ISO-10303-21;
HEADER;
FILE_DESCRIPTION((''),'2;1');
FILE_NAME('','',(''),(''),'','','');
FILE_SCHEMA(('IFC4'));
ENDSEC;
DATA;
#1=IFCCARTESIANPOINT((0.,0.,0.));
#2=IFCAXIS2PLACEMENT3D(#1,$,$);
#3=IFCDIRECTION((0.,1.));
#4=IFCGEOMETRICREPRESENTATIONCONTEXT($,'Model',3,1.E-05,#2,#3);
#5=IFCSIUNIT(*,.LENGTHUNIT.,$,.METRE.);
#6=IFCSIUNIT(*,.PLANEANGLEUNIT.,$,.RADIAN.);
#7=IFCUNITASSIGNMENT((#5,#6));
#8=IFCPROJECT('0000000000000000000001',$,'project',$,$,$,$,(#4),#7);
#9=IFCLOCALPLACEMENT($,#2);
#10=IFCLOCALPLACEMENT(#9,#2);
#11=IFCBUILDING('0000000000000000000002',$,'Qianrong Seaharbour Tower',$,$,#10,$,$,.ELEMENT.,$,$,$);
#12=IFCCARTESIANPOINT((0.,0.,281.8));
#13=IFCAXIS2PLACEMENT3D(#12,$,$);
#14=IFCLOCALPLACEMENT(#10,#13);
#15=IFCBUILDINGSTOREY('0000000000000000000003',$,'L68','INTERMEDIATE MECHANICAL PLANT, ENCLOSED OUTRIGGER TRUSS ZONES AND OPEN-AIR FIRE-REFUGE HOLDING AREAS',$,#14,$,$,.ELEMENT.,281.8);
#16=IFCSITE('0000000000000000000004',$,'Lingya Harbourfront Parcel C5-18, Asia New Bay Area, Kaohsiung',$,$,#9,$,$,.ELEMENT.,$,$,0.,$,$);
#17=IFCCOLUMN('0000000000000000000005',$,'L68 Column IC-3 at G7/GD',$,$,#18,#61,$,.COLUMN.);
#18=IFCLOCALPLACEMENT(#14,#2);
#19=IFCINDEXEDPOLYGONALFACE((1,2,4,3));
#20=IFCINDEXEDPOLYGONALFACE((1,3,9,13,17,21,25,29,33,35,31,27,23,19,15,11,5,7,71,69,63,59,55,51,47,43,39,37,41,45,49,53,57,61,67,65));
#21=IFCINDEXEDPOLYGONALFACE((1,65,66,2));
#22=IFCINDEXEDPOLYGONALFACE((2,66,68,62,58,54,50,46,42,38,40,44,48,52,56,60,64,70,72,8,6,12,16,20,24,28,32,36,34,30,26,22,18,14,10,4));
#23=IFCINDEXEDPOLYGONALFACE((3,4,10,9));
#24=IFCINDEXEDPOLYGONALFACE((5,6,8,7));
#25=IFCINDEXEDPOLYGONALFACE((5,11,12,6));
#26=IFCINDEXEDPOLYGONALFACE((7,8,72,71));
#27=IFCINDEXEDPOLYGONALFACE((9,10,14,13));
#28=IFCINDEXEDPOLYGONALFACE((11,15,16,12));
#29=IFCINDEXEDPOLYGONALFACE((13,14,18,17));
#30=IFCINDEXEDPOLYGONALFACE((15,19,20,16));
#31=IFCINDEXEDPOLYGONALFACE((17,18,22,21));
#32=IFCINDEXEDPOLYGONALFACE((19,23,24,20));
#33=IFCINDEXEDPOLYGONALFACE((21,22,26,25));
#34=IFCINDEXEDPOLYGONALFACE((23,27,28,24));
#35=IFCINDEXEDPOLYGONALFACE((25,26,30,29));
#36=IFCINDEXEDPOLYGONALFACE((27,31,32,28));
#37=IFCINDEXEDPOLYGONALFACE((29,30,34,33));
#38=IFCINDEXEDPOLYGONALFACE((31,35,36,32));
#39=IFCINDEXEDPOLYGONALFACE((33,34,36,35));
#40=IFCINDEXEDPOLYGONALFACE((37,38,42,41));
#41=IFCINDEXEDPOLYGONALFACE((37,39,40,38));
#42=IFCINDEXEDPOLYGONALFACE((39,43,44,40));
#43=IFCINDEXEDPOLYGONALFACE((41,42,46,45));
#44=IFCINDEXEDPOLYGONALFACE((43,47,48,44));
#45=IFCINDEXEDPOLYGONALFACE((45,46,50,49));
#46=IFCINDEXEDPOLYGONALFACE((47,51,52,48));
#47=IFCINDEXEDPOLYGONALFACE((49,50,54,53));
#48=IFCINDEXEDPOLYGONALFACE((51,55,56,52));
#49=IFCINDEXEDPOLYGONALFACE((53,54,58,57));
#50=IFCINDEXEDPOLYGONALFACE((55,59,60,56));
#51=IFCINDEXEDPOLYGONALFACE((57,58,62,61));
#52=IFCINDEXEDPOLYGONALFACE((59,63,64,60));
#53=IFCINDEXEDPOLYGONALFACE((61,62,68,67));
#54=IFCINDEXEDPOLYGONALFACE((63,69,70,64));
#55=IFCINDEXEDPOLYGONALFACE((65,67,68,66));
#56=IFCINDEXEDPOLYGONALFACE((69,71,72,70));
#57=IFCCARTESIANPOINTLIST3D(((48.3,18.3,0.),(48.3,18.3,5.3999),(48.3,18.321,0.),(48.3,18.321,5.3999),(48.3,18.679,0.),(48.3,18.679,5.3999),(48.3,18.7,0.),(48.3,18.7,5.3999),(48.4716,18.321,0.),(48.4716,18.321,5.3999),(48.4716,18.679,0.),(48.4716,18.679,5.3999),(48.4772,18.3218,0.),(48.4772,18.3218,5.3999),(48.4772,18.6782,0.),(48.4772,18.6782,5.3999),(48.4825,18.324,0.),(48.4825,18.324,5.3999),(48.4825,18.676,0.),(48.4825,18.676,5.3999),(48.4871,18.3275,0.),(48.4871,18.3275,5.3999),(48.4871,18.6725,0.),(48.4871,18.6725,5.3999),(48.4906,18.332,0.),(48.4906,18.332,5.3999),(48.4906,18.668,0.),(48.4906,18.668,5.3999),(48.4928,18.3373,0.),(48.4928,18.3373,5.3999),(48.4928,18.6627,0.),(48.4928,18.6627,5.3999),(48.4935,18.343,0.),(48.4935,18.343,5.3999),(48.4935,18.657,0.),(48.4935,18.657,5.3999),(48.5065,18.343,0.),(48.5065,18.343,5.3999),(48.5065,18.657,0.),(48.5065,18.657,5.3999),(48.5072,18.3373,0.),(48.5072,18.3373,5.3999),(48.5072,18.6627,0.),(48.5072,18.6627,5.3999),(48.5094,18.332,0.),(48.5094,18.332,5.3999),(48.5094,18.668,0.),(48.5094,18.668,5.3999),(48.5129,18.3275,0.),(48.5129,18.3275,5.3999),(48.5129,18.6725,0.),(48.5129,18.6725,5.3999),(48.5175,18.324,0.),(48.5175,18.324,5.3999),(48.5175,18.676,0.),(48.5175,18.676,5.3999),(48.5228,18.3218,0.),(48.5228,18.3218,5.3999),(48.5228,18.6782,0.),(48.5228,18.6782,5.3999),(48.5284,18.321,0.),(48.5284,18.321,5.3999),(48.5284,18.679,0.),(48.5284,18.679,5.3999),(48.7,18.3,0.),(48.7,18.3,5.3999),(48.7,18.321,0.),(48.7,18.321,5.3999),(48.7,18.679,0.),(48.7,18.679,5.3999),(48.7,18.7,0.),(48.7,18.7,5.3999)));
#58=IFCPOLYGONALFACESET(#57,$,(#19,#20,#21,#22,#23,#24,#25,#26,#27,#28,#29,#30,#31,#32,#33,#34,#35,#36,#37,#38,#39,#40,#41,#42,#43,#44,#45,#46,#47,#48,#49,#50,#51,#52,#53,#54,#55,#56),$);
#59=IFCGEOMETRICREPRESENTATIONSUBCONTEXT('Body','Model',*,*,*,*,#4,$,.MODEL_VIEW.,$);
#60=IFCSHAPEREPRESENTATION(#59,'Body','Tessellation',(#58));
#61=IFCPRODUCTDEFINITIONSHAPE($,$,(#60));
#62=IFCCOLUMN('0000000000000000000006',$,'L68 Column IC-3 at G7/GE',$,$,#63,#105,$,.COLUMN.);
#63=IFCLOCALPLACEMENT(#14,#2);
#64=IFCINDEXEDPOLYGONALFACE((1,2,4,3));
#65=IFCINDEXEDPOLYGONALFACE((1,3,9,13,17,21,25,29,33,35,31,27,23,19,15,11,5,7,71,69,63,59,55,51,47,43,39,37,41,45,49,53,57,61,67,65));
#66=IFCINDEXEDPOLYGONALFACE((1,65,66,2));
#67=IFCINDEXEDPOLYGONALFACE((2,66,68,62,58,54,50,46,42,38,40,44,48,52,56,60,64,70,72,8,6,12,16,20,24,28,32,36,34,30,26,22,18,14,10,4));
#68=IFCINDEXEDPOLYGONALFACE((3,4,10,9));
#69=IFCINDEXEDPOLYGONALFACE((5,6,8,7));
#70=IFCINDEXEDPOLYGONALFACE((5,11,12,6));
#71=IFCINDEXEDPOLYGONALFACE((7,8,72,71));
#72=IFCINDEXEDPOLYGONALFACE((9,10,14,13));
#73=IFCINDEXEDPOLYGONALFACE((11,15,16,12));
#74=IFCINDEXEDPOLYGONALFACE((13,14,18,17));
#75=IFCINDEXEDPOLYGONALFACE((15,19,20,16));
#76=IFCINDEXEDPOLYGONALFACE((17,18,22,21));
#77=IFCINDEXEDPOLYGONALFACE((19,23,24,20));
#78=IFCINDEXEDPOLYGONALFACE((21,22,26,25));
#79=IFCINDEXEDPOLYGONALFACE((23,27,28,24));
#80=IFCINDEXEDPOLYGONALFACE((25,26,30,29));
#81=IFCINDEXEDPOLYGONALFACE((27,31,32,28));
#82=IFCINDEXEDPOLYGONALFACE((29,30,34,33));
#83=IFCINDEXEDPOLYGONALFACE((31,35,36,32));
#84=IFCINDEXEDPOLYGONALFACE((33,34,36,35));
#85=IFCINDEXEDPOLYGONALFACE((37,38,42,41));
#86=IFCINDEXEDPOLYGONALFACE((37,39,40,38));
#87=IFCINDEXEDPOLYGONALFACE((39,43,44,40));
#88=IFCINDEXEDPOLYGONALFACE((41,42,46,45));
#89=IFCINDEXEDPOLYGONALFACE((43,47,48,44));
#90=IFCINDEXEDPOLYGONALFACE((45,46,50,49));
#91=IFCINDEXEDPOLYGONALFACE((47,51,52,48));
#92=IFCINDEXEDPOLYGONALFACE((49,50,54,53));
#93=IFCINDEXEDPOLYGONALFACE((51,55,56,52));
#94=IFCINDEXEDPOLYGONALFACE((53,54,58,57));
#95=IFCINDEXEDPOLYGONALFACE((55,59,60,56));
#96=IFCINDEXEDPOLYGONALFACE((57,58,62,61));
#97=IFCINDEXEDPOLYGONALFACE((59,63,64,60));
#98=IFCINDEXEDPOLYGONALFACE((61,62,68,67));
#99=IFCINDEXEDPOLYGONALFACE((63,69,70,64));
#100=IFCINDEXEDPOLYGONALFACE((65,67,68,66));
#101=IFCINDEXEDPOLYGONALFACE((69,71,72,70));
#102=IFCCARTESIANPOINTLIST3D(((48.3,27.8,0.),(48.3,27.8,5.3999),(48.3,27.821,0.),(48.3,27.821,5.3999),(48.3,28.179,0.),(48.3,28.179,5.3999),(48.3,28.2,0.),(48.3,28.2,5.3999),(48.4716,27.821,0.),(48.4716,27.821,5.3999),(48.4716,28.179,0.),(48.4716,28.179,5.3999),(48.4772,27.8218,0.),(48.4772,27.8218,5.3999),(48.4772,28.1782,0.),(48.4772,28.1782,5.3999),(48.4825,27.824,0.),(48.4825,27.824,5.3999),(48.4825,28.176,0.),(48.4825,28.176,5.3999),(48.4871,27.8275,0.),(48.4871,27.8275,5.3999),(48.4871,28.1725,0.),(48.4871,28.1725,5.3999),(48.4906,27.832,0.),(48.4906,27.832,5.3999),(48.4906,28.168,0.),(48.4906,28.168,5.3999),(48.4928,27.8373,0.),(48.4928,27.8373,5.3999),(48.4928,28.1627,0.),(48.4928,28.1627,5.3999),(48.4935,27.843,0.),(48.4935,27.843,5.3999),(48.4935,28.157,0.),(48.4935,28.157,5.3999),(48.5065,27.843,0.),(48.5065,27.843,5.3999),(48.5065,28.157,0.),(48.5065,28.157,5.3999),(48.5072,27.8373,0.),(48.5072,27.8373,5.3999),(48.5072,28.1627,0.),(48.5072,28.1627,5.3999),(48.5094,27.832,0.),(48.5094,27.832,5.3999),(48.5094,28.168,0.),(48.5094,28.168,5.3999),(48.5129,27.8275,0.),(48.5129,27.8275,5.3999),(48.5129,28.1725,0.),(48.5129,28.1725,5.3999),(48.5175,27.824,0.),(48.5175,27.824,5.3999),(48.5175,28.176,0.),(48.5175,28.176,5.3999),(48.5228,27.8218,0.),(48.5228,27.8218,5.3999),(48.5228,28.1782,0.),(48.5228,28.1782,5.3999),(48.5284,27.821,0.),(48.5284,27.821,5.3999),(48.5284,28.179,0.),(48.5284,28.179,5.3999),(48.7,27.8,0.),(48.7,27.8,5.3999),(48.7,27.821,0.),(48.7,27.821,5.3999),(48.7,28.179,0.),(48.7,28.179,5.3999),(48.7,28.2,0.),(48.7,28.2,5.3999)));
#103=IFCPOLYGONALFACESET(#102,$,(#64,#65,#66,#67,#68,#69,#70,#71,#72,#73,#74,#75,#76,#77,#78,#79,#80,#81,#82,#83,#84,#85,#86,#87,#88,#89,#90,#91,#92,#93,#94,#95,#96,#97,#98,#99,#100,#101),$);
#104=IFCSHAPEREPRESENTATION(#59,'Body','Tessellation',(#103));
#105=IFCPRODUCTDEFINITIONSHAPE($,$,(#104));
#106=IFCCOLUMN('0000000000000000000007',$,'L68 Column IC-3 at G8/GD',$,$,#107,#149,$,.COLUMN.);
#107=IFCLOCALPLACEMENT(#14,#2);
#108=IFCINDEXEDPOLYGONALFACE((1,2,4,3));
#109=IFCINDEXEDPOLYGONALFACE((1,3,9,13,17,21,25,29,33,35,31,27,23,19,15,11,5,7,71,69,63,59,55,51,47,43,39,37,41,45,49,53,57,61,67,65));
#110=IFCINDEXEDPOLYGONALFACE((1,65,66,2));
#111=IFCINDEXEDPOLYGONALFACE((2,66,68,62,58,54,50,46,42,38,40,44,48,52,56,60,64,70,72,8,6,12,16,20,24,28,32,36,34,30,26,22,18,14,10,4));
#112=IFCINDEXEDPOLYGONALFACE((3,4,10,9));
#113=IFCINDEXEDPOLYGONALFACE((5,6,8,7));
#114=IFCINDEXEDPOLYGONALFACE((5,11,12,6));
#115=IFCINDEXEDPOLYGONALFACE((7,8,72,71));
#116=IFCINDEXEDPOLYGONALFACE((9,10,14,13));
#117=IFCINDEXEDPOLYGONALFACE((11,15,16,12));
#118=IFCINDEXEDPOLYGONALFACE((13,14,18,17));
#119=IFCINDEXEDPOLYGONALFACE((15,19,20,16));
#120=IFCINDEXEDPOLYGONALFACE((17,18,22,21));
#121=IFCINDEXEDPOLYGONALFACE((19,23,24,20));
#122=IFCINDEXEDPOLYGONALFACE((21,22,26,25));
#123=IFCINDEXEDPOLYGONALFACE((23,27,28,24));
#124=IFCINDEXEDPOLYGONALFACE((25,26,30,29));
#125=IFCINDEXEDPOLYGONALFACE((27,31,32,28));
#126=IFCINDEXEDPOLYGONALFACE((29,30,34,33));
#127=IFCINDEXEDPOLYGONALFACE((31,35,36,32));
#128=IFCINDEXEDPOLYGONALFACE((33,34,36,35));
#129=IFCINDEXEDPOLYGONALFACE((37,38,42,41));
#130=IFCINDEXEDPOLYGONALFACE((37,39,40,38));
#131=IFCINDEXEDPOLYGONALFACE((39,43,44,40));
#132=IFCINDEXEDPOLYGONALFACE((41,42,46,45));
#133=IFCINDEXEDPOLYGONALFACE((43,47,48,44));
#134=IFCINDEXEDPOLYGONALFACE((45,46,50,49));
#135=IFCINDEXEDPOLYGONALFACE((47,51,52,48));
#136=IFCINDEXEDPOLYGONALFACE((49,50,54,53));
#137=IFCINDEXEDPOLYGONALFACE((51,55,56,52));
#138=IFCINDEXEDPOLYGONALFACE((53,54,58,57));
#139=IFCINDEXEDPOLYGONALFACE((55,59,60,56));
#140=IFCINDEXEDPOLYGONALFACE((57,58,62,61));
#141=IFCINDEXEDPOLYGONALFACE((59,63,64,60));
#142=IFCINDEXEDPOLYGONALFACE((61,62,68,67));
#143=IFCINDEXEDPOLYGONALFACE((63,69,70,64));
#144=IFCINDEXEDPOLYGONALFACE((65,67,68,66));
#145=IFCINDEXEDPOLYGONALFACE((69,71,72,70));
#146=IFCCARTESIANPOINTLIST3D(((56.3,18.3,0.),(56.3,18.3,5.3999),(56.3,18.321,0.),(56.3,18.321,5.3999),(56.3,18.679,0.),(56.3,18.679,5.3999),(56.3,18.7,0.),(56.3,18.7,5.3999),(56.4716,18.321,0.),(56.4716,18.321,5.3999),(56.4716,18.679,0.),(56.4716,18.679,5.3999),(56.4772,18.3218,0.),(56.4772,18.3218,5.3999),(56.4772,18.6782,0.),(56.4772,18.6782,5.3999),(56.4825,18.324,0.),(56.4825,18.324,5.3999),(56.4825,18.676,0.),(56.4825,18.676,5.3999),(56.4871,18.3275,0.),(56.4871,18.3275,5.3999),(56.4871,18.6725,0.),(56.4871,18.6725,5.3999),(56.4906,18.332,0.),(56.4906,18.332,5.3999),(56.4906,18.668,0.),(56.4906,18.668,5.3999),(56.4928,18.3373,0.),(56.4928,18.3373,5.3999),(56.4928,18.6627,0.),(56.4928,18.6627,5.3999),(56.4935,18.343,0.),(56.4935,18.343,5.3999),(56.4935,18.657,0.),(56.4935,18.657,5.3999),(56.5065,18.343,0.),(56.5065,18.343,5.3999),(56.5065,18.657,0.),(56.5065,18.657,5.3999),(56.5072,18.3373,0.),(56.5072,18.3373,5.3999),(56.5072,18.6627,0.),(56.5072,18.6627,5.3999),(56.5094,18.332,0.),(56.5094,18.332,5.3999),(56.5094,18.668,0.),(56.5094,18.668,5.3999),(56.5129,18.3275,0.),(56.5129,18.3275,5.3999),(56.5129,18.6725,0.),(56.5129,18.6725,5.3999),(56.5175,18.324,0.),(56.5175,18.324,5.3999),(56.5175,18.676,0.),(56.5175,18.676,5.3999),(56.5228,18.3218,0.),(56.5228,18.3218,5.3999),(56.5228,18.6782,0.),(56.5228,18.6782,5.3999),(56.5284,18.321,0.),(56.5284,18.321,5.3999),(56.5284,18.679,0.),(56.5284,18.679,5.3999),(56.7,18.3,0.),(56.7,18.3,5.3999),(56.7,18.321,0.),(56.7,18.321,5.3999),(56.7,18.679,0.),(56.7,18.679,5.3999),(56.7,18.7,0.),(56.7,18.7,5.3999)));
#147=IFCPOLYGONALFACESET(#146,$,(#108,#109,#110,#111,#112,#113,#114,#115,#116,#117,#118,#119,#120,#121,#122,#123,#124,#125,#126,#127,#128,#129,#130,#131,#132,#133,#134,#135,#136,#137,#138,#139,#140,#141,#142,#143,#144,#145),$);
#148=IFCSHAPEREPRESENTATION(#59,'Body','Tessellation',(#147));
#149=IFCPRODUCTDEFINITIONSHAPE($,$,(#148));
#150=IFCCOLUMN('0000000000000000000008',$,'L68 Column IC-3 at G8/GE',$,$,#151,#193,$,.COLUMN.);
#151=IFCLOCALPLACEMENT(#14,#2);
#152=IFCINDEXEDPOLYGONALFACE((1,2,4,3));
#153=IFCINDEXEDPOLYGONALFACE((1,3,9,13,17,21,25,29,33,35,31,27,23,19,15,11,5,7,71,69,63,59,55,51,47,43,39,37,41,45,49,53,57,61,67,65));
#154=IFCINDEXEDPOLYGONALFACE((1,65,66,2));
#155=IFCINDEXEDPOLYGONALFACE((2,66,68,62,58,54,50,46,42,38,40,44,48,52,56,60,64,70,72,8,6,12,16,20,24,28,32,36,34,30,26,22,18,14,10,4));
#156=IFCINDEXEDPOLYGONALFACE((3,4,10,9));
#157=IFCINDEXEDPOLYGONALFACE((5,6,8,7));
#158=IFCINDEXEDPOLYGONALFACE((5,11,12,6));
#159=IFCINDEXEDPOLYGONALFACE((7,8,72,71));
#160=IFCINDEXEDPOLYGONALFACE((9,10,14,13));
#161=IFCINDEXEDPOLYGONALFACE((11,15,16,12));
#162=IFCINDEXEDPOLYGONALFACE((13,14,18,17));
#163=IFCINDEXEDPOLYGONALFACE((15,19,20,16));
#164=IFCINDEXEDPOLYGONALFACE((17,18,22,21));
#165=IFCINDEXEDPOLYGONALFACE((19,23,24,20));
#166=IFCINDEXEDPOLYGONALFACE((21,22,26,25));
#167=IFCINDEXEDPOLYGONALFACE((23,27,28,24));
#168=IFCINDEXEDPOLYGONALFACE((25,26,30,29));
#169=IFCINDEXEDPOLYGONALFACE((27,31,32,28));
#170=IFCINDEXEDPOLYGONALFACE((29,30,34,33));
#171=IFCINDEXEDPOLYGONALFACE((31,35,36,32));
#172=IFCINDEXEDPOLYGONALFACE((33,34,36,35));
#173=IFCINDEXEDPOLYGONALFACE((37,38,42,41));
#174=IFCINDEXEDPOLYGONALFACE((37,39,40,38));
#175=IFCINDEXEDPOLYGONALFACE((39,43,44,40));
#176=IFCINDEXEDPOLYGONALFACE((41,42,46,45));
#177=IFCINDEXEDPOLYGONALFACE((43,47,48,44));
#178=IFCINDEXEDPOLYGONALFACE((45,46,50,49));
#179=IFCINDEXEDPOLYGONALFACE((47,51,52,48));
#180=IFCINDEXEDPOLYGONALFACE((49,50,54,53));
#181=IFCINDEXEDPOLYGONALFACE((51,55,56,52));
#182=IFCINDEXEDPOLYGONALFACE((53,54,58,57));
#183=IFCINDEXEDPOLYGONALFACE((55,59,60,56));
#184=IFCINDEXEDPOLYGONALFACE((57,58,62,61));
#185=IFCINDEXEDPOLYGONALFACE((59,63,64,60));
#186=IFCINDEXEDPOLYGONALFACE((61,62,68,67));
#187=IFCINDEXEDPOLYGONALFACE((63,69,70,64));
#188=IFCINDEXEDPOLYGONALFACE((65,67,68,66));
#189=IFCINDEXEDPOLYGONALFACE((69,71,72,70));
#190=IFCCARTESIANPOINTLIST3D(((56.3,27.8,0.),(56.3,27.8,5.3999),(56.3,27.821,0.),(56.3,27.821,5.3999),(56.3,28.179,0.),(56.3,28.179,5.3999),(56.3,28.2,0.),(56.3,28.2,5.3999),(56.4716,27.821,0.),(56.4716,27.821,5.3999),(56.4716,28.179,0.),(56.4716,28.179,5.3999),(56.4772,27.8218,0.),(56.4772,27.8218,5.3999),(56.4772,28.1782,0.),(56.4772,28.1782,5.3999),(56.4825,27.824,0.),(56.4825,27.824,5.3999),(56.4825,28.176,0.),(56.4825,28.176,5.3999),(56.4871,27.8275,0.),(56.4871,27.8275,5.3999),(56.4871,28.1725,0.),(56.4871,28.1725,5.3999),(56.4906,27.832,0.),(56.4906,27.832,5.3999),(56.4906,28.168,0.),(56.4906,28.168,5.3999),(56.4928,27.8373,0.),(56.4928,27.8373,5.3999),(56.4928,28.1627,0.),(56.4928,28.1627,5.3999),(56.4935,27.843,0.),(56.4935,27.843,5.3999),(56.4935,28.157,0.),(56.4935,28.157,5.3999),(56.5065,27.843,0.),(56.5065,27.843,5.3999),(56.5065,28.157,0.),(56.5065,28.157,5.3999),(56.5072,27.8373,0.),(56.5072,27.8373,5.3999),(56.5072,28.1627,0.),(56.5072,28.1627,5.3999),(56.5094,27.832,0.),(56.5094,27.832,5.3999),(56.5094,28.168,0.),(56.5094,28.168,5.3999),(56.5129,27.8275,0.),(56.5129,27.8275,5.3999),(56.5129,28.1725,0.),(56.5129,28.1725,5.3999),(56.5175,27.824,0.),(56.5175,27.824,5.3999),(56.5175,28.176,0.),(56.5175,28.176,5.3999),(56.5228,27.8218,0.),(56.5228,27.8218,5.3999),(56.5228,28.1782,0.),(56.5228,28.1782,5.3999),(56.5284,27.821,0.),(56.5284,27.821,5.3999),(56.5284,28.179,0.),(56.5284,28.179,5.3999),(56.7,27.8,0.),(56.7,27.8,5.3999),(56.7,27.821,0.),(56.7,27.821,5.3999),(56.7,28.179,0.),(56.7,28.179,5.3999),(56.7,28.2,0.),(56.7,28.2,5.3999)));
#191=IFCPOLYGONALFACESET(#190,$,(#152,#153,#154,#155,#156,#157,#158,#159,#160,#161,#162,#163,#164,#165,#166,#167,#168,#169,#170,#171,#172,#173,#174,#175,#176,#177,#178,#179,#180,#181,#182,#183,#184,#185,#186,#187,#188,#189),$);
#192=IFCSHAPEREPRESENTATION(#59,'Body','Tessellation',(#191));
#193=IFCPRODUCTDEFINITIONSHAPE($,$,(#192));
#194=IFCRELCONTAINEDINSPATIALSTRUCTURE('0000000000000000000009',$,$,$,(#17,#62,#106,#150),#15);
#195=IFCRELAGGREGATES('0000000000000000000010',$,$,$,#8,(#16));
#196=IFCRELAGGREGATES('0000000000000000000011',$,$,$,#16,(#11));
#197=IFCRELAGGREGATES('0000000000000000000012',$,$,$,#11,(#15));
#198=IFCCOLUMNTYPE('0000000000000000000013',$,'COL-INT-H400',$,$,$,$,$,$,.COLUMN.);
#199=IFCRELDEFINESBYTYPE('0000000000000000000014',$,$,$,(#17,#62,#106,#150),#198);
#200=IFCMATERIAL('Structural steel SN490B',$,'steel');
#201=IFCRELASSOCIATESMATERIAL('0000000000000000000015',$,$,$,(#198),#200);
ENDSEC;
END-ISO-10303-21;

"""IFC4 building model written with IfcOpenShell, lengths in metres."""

from ifc_helpers import new_model, si_unit, direction, frame, origin, origin_2d, place, context, subcontext, project, spatial, i_section, extrude, material, material_profile, profile_set, type_object, element, save


model = new_model("IFC4")

# Units and contexts
model_context = context("Model", 3, precision=1e-05, world=origin(), true_north=direction((0.0, 1.0)))
body_context = subcontext(model_context, "Body", "Model", "MODEL_VIEW")
ifc_project = project(units=[si_unit("LENGTHUNIT", "METRE"), si_unit("PLANEANGLEUNIT", "RADIAN")], contexts=[model_context])

# Site, building, storey
site_placement = place(None, origin())
site = spatial("IfcSite", under=ifc_project, at=site_placement, Name="Lingya Harbourfront Parcel C5-18, Asia New Bay Area, Kaohsiung", CompositionType="ELEMENT", RefElevation=0.0)
building_placement = place(site_placement, origin())
building = spatial("IfcBuilding", under=site, at=building_placement, Name="Qianrong Seaharbour Tower", CompositionType="ELEMENT")
storey_placement = place(building_placement, frame((0.0, 0.0, 281.8)))
storey = spatial("IfcBuildingStorey", under=building, at=storey_placement, Name="L68", Description="INTERMEDIATE MECHANICAL PLANT, ENCLOSED OUTRIGGER TRUSS ZONES AND OPEN-AIR FIRE-REFUGE HOLDING AREAS", CompositionType="ELEMENT", Elevation=281.8)

# Columns
ifc_material_1 = material(Name="Structural steel SN490B", Category="steel")
ifc_material_profile_1 = material_profile(ifc_material_1, i_section(OverallWidth=0.3999, OverallDepth=0.3999, WebThickness=0.0129, FlangeThickness=0.021, FilletRadius=0.022, at=origin_2d()), Name="H400x400x13x21")
ifc_profile_set_1 = profile_set([ifc_material_profile_1], Name="Structural steel SN490B")
column_type = type_object("IfcColumnType", Name="COL-INT-H400", PredefinedType="COLUMN", material=ifc_profile_set_1)
for number, where, z_axis, x_axis, name in (
    (1, (48.5, 18.5, 0.0), (0.0, 0.0, 1.0), (1.0, 0.0, 0.0), "L68 Column IC-3 at G7/GD"),
    (2, (48.5, 28.0, 0.0), (0.0, 0.0, 1.0), (1.0, 0.0, 0.0), "L68 Column IC-3 at G7/GE"),
    (3, (56.5, 18.5, 0.0), (0.0, 0.0, 1.0), (1.0, 0.0, 0.0), "L68 Column IC-3 at G8/GD"),
    (4, (56.5, 28.0, 0.0), (0.0, 0.0, 1.0), (1.0, 0.0, 0.0), "L68 Column IC-3 at G8/GE"),
):
    element("IfcColumn", number, at=place(storey_placement, frame(where, z_axis=z_axis, x_axis=x_axis)), inside=storey, type_object=column_type, Name=name, PredefinedType="COLUMN", context=body_context, shape_type="SweptSolid", body=[
        extrude(i_section(OverallWidth=0.3999, OverallDepth=0.3999, WebThickness=0.0129, FlangeThickness=0.021, FilletRadius=0.022, at=origin_2d()), origin(), (0.0, 0.0, 1.0), 5.3999),
    ])

save(model, "model.ifc")
